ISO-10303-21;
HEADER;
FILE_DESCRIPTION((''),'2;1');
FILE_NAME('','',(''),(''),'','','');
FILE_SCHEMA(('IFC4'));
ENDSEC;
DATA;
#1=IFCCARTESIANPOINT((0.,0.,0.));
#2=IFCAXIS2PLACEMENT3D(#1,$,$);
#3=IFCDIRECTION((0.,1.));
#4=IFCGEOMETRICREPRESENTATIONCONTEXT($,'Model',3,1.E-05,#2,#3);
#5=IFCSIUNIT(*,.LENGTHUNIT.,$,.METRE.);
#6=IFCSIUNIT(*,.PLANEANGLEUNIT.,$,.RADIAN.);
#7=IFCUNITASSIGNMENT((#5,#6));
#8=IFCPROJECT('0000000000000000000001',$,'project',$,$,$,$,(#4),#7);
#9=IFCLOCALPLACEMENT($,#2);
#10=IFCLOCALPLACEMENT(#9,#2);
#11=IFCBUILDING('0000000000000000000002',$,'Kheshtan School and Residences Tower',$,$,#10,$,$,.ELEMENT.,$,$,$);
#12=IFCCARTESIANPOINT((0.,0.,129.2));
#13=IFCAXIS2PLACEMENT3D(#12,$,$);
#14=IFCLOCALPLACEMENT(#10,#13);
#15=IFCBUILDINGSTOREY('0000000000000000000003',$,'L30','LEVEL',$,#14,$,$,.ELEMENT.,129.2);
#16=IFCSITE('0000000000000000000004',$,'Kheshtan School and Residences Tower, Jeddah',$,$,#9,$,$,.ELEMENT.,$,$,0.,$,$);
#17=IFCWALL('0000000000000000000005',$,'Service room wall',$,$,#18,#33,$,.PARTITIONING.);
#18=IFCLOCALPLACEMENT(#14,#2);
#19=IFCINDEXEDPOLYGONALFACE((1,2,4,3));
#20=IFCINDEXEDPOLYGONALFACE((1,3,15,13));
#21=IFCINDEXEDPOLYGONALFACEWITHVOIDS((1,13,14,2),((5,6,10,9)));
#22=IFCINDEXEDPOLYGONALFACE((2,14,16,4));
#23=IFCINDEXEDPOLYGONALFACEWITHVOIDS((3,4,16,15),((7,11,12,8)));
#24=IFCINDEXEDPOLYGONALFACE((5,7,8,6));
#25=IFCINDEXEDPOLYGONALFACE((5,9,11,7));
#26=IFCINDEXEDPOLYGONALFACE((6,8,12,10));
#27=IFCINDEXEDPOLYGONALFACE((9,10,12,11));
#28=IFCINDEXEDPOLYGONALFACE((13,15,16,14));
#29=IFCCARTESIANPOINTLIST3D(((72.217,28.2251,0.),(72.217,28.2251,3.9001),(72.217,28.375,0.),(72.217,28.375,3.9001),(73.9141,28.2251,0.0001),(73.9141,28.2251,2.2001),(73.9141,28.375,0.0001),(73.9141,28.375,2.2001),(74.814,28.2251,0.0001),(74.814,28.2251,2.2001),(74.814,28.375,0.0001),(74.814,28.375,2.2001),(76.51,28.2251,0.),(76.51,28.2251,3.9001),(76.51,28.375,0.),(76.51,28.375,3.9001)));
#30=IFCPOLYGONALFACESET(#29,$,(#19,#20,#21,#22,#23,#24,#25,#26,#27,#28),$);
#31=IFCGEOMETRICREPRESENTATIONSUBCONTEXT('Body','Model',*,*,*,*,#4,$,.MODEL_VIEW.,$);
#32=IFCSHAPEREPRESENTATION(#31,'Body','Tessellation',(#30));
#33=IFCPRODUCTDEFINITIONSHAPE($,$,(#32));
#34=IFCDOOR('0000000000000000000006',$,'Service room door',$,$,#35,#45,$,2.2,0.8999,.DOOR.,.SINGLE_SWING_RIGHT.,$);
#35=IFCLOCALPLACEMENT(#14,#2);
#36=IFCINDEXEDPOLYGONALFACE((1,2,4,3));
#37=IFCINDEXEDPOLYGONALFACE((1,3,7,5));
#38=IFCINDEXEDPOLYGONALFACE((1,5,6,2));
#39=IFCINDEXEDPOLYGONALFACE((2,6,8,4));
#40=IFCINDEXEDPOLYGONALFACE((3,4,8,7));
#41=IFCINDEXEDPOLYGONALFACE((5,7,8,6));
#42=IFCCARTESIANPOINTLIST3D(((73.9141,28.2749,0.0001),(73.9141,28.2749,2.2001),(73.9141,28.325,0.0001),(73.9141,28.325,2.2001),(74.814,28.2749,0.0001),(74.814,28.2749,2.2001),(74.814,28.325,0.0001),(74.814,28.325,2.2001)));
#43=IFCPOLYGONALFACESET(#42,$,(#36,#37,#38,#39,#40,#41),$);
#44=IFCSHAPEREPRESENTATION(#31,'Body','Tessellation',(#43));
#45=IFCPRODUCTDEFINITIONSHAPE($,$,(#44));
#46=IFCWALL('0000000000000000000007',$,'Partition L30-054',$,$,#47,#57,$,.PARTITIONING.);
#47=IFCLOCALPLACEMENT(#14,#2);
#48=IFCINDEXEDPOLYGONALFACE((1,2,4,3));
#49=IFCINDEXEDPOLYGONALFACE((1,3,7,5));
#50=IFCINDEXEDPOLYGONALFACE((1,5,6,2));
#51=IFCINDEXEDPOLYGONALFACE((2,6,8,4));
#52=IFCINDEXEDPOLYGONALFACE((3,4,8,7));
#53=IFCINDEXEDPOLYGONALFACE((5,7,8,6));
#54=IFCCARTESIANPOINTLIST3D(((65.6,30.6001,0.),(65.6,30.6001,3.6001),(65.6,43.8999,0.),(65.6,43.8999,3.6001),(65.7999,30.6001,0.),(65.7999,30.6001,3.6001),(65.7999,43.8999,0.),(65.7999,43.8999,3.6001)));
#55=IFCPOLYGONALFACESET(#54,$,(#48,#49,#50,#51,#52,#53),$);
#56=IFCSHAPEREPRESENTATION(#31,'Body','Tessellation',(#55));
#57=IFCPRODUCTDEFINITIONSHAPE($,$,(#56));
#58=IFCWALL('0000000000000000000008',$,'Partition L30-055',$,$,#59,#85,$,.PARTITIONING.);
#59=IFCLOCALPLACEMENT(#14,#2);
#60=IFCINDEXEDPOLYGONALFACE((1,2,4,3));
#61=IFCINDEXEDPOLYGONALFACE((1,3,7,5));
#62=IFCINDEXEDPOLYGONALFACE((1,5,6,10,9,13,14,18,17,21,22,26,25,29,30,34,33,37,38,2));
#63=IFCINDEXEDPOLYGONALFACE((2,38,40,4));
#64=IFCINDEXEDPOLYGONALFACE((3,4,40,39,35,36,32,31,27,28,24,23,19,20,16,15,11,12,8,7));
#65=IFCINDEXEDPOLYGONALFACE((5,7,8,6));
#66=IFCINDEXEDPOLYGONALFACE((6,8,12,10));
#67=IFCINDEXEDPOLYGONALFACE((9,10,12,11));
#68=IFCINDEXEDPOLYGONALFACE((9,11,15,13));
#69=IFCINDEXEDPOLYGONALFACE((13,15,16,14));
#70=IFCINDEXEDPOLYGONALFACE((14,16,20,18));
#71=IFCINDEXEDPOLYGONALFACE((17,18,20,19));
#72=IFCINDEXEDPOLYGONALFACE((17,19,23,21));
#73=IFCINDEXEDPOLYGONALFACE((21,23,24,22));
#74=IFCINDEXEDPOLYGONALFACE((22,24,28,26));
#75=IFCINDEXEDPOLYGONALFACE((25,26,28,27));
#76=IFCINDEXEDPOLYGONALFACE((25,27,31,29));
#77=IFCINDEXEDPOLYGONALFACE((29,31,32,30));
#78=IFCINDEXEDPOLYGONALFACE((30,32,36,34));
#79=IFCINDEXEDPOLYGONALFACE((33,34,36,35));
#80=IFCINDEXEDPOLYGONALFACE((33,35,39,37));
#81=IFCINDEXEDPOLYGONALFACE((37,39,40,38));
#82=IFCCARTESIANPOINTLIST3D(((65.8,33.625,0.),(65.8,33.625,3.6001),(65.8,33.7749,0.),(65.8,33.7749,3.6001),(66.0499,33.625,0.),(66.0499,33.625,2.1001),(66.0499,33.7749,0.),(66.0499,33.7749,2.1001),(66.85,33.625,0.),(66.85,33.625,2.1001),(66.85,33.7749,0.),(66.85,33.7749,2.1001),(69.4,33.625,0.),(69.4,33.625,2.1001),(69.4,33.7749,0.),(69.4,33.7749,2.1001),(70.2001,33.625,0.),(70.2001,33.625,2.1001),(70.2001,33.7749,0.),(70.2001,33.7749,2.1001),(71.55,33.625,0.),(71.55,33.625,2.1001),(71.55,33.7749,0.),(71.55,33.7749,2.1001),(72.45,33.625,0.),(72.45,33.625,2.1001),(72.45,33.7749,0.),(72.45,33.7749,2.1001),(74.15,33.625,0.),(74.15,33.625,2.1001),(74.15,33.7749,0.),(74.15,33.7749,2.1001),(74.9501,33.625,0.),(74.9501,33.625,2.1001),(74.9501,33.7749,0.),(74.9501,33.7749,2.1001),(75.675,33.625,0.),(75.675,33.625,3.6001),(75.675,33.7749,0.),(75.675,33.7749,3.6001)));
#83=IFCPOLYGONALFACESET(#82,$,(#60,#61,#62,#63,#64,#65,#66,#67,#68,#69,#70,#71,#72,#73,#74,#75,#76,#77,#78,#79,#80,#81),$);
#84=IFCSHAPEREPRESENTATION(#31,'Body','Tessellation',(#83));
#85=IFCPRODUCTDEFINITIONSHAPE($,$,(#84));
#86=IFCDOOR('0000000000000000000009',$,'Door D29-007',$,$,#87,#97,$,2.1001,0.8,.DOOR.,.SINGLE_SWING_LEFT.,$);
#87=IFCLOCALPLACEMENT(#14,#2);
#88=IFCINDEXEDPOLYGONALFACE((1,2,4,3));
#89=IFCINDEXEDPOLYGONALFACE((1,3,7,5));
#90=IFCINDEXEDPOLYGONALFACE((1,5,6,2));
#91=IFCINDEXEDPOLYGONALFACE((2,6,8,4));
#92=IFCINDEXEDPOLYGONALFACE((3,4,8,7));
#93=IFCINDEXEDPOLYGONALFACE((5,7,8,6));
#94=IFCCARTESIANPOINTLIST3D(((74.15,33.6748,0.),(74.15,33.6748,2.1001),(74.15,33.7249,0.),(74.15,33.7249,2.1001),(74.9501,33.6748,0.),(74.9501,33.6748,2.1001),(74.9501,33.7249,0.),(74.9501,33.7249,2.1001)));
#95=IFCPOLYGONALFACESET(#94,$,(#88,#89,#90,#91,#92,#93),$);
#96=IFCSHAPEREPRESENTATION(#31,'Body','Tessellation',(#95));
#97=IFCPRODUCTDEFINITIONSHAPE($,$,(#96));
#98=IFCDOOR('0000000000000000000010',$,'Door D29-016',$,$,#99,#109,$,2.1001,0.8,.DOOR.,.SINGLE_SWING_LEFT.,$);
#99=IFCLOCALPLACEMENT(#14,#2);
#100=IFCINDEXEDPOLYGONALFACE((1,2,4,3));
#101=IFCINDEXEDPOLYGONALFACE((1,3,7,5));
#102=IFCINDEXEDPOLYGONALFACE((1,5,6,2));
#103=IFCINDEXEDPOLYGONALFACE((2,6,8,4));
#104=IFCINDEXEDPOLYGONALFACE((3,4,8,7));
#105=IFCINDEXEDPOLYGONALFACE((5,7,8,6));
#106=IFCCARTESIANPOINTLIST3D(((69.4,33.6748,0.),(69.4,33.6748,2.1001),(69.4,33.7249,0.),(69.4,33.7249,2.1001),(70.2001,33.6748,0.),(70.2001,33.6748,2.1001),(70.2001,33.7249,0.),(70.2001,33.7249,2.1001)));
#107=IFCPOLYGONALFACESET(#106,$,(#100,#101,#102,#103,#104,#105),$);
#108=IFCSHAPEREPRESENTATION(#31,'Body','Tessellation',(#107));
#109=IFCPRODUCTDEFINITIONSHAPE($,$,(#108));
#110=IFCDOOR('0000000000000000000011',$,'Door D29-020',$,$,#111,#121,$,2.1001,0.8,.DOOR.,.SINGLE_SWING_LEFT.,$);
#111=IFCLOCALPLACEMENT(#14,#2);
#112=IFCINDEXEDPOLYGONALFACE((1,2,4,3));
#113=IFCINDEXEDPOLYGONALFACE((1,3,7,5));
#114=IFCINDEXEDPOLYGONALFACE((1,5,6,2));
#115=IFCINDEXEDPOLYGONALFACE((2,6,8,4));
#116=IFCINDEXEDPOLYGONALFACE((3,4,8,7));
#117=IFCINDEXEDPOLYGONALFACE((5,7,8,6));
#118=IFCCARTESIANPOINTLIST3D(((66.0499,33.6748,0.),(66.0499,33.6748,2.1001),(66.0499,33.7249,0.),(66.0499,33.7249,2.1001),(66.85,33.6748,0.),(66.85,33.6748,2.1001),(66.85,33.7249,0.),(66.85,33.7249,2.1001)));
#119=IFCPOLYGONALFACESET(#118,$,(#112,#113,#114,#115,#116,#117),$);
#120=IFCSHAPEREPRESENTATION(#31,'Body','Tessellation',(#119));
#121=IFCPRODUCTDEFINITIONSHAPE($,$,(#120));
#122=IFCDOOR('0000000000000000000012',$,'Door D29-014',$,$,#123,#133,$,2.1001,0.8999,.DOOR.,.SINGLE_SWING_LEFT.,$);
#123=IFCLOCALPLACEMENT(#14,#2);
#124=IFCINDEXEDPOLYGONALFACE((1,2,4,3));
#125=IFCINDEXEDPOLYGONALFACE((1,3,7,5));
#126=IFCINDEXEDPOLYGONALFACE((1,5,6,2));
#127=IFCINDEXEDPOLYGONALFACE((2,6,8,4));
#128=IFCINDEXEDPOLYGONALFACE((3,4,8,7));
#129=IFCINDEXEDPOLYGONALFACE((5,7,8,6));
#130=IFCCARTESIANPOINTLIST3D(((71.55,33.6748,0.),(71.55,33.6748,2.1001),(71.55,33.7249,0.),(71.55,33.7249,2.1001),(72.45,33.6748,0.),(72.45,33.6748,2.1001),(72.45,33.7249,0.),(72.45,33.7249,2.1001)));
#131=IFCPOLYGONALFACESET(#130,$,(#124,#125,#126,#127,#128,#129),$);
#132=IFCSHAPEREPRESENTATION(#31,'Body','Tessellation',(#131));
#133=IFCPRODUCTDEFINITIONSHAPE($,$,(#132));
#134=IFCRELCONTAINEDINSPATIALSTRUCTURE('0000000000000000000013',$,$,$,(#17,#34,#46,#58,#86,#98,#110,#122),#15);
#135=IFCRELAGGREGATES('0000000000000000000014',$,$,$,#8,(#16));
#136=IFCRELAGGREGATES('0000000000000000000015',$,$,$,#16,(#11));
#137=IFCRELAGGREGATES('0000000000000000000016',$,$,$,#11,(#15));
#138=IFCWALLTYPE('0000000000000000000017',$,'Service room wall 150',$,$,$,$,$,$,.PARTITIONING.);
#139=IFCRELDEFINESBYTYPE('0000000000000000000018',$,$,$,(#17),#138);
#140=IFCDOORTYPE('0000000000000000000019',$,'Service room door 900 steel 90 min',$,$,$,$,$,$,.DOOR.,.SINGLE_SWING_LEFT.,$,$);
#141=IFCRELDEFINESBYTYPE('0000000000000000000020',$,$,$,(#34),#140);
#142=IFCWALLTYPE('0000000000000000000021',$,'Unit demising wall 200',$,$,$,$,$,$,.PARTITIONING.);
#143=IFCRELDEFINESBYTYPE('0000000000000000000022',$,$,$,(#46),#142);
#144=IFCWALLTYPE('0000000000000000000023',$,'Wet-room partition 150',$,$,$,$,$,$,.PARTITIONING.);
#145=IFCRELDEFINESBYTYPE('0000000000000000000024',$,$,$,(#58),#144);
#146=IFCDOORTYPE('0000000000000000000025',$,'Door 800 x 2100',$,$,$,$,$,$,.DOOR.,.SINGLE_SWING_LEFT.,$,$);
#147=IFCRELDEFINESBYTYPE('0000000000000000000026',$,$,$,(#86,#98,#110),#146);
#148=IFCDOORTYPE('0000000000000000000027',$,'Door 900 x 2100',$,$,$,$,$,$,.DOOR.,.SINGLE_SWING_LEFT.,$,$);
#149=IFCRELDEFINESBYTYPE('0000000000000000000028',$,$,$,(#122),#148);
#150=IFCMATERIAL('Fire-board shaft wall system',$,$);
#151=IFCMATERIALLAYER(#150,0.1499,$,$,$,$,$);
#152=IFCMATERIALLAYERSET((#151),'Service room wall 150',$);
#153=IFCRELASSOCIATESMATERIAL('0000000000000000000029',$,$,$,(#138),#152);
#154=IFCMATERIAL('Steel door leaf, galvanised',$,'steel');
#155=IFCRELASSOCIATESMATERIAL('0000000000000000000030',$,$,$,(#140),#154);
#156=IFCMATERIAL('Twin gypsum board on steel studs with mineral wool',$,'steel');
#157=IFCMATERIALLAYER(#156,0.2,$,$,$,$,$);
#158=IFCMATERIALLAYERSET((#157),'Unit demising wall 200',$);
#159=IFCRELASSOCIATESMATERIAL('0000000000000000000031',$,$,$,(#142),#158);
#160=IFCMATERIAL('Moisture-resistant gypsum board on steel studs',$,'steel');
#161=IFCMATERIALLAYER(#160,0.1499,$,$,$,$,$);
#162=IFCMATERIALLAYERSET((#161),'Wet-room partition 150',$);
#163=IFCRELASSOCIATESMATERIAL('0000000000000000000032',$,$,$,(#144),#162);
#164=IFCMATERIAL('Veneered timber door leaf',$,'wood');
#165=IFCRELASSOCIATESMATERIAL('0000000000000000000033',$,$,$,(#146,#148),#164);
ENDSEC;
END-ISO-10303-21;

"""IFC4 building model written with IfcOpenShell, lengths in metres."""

from ifc_helpers import new_model, si_unit, direction, frame, frame_2d, origin, place, context, subcontext, project, spatial, rectangle, extrude, source, transform, mapped, material, layer, layer_set, type_object, element, fill, save


model = new_model("IFC4")

# Units and contexts
model_context = context("Model", 3, precision=1e-05, world=origin(), true_north=direction((0.0, 1.0)))
body_context = subcontext(model_context, "Body", "Model", "MODEL_VIEW")
ifc_project = project(units=[si_unit("LENGTHUNIT", "METRE"), si_unit("PLANEANGLEUNIT", "RADIAN")], contexts=[model_context])

# Site, building, storey
site_placement = place(None, origin())
site = spatial("IfcSite", under=ifc_project, at=site_placement, Name="Kheshtan School and Residences Tower, Jeddah", CompositionType="ELEMENT", RefElevation=0.0)
building_placement = place(site_placement, origin())
building = spatial("IfcBuilding", under=site, at=building_placement, Name="Kheshtan School and Residences Tower", CompositionType="ELEMENT")
storey_placement = place(building_placement, frame((0.0, 0.0, 129.2)))
storey = spatial("IfcBuildingStorey", under=building, at=storey_placement, Name="L30", Description="LEVEL", CompositionType="ELEMENT", Elevation=129.2)

# Wall, opening, door
ifc_material_1 = material(Name="Fire-board shaft wall system")
ifc_layer_1 = layer(ifc_material_1, 0.1499)
ifc_layer_set_1 = layer_set([ifc_layer_1], Name="Service room wall 150")
wall_type_1 = type_object("IfcWallType", Name="Service room wall 150", PredefinedType="PARTITIONING", material=ifc_layer_set_1)
wall_1_placement = place(storey_placement, frame((72.217, 28.3, 0.0), z_axis=(0.0, 0.0, 1.0), x_axis=(1.0, 0.0, 0.0)))
wall_1 = element("IfcWall", 1, at=wall_1_placement, inside=storey, type_object=wall_type_1, Name="Service room wall", PredefinedType="PARTITIONING", context=body_context, shape_type="SweptSolid", body=[
    extrude(rectangle(XDim=4.293, YDim=0.1499, at=frame_2d((2.1465, 0.0))), origin(), (0.0, 0.0, 1.0), 3.9001),
])
opening_1_placement = place(wall_1_placement, frame((1.697, 0.0, 0.0)))
opening_1 = element("IfcOpeningElement", 2, at=opening_1_placement, cuts=wall_1, PredefinedType="OPENING", context=body_context, shape_type="SweptSolid", body=[
    extrude(rectangle(XDim=0.8999, YDim=2.2, at=frame_2d((0.45, 1.1001))), frame((0.0, 0.085, 0.0), z_axis=(0.0, -1.0, 0.0), x_axis=(1.0, 0.0, 0.0)), (0.0, 0.0, 1.0), 0.1699),
])
ifc_material_2 = material(Name="Steel door leaf, galvanised", Category="steel")
door_type_1 = type_object("IfcDoorType", Name="Service room door 900 steel 90 min", OperationType="SINGLE_SWING_LEFT", PredefinedType="DOOR", material=ifc_material_2)
shared_shape_1 = source(origin(), body_context, "Body", "SweptSolid", [
    extrude(rectangle(XDim=0.8999, YDim=2.2, at=frame_2d((0.45, 1.1001))), frame((0.0, 0.0249, 0.0), z_axis=(0.0, -1.0, 0.0), x_axis=(1.0, 0.0, 0.0)), (0.0, 0.0, 1.0), 0.05),
])
door_1_placement = place(opening_1_placement, origin())
door_1 = element("IfcDoor", 3, at=door_1_placement, inside=storey, type_object=door_type_1, Name="Service room door", OperationType="SINGLE_SWING_RIGHT", OverallHeight=2.2, OverallWidth=0.8999, PredefinedType="DOOR", context=body_context, shape_type="MappedRepresentation", body=[
    mapped(shared_shape_1, transform((0.0, 0.0, 0.0), x_axis=(1.0, 0.0, 0.0), y_axis=(0.0, 1.0, 0.0), z_axis=(0.0, 0.0, 1.0), scale=1.0)),
])
fill(opening_1, door_1)

# Wall
ifc_material_3 = material(Name="Twin gypsum board on steel studs with mineral wool", Category="steel")
ifc_layer_2 = layer(ifc_material_3, 0.2)
ifc_layer_set_2 = layer_set([ifc_layer_2], Name="Unit demising wall 200")
wall_type_2 = type_object("IfcWallType", Name="Unit demising wall 200", PredefinedType="PARTITIONING", material=ifc_layer_set_2)
wall_2_placement = place(storey_placement, frame((65.7, 30.6001, 0.0), z_axis=(0.0, 0.0, 1.0), x_axis=(0.0, 1.0, 0.0)))
element("IfcWall", 4, at=wall_2_placement, inside=storey, type_object=wall_type_2, Name="Partition L30-054", PredefinedType="PARTITIONING", context=body_context, shape_type="SweptSolid", body=[
    extrude(rectangle(XDim=13.2998, YDim=0.2, at=frame_2d((6.6499, 0.0))), origin(), (0.0, 0.0, 1.0), 3.6001),
])

# Wall, openings, doors
ifc_material_4 = material(Name="Moisture-resistant gypsum board on steel studs", Category="steel")
ifc_layer_3 = layer(ifc_material_4, 0.1499)
ifc_layer_set_3 = layer_set([ifc_layer_3], Name="Wet-room partition 150")
wall_type_3 = type_object("IfcWallType", Name="Wet-room partition 150", PredefinedType="PARTITIONING", material=ifc_layer_set_3)
wall_3_placement = place(storey_placement, frame((65.8, 33.7, 0.0), z_axis=(0.0, 0.0, 1.0), x_axis=(1.0, 0.0, 0.0)))
wall_3 = element("IfcWall", 5, at=wall_3_placement, inside=storey, type_object=wall_type_3, Name="Partition L30-055", PredefinedType="PARTITIONING", context=body_context, shape_type="SweptSolid", body=[
    extrude(rectangle(XDim=9.875, YDim=0.1499, at=frame_2d((4.9375, 0.0))), origin(), (0.0, 0.0, 1.0), 3.6001),
])
opening_2_placement = place(wall_3_placement, frame((8.3501, 0.0, 0.0)))
opening_2 = element("IfcOpeningElement", 6, at=opening_2_placement, cuts=wall_3, PredefinedType="OPENING", context=body_context, shape_type="SweptSolid", body=[
    extrude(rectangle(XDim=0.8, YDim=2.1001, at=frame_2d((0.3999, 1.05))), frame((0.0, 0.085, 0.0), z_axis=(0.0, -1.0, 0.0), x_axis=(1.0, 0.0, 0.0)), (0.0, 0.0, 1.0), 0.1699),
])
opening_3_placement = place(wall_3_placement, frame((5.75, 0.0, 0.0)))
opening_3 = element("IfcOpeningElement", 7, at=opening_3_placement, cuts=wall_3, PredefinedType="OPENING", context=body_context, shape_type="SweptSolid", body=[
    extrude(rectangle(XDim=0.8999, YDim=2.1001, at=frame_2d((0.45, 1.05))), frame((0.0, 0.085, 0.0), z_axis=(0.0, -1.0, 0.0), x_axis=(1.0, 0.0, 0.0)), (0.0, 0.0, 1.0), 0.1699),
])
opening_4_placement = place(wall_3_placement, frame((3.6001, 0.0, 0.0)))
opening_4 = element("IfcOpeningElement", 8, at=opening_4_placement, cuts=wall_3, PredefinedType="OPENING", context=body_context, shape_type="SweptSolid", body=[
    extrude(rectangle(XDim=0.8, YDim=2.1001, at=frame_2d((0.3999, 1.05))), frame((0.0, 0.085, 0.0), z_axis=(0.0, -1.0, 0.0), x_axis=(1.0, 0.0, 0.0)), (0.0, 0.0, 1.0), 0.1699),
])
opening_5_placement = place(wall_3_placement, frame((0.25, 0.0, 0.0)))
opening_5 = element("IfcOpeningElement", 9, at=opening_5_placement, cuts=wall_3, PredefinedType="OPENING", context=body_context, shape_type="SweptSolid", body=[
    extrude(rectangle(XDim=0.8, YDim=2.1001, at=frame_2d((0.3999, 1.05))), frame((0.0, 0.085, 0.0), z_axis=(0.0, -1.0, 0.0), x_axis=(1.0, 0.0, 0.0)), (0.0, 0.0, 1.0), 0.1699),
])
ifc_material_5 = material(Name="Veneered timber door leaf", Category="wood")
door_type_2 = type_object("IfcDoorType", Name="Door 800 x 2100", OperationType="SINGLE_SWING_LEFT", PredefinedType="DOOR", material=ifc_material_5)
shared_shape_2 = source(origin(), body_context, "Body", "SweptSolid", [
    extrude(rectangle(XDim=0.8, YDim=2.1001, at=frame_2d((0.3999, 1.05))), frame((0.0, 0.0249, 0.0), z_axis=(0.0, -1.0, 0.0), x_axis=(1.0, 0.0, 0.0)), (0.0, 0.0, 1.0), 0.05),
])
door_2_placement = place(opening_2_placement, origin())
door_2 = element("IfcDoor", 10, at=door_2_placement, inside=storey, type_object=door_type_2, Name="Door D29-007", OperationType="SINGLE_SWING_LEFT", OverallHeight=2.1001, OverallWidth=0.8, PredefinedType="DOOR", context=body_context, shape_type="MappedRepresentation", body=[
    mapped(shared_shape_2, transform((0.0, 0.0, 0.0), x_axis=(1.0, 0.0, 0.0), y_axis=(0.0, 1.0, 0.0), z_axis=(0.0, 0.0, 1.0), scale=1.0)),
])
fill(opening_2, door_2)
door_3_placement = place(opening_4_placement, origin())
door_3 = element("IfcDoor", 11, at=door_3_placement, inside=storey, type_object=door_type_2, Name="Door D29-016", OperationType="SINGLE_SWING_LEFT", OverallHeight=2.1001, OverallWidth=0.8, PredefinedType="DOOR", context=body_context, shape_type="MappedRepresentation", body=[
    mapped(shared_shape_2, transform((0.0, 0.0, 0.0), x_axis=(1.0, 0.0, 0.0), y_axis=(0.0, 1.0, 0.0), z_axis=(0.0, 0.0, 1.0), scale=1.0)),
])
fill(opening_4, door_3)
door_4_placement = place(opening_5_placement, origin())
door_4 = element("IfcDoor", 12, at=door_4_placement, inside=storey, type_object=door_type_2, Name="Door D29-020", OperationType="SINGLE_SWING_LEFT", OverallHeight=2.1001, OverallWidth=0.8, PredefinedType="DOOR", context=body_context, shape_type="MappedRepresentation", body=[
    mapped(shared_shape_2, transform((0.0, 0.0, 0.0), x_axis=(1.0, 0.0, 0.0), y_axis=(0.0, 1.0, 0.0), z_axis=(0.0, 0.0, 1.0), scale=1.0)),
])
fill(opening_5, door_4)
door_type_3 = type_object("IfcDoorType", Name="Door 900 x 2100", OperationType="SINGLE_SWING_LEFT", PredefinedType="DOOR", material=ifc_material_5)
shared_shape_3 = source(origin(), body_context, "Body", "SweptSolid", [
    extrude(rectangle(XDim=0.8999, YDim=2.1001, at=frame_2d((0.45, 1.05))), frame((0.0, 0.0249, 0.0), z_axis=(0.0, -1.0, 0.0), x_axis=(1.0, 0.0, 0.0)), (0.0, 0.0, 1.0), 0.05),
])
door_5_placement = place(opening_3_placement, origin())
door_5 = element("IfcDoor", 13, at=door_5_placement, inside=storey, type_object=door_type_3, Name="Door D29-014", OperationType="SINGLE_SWING_LEFT", OverallHeight=2.1001, OverallWidth=0.8999, PredefinedType="DOOR", context=body_context, shape_type="MappedRepresentation", body=[
    mapped(shared_shape_3, transform((0.0, 0.0, 0.0), x_axis=(1.0, 0.0, 0.0), y_axis=(0.0, 1.0, 0.0), z_axis=(0.0, 0.0, 1.0), scale=1.0)),
])
fill(opening_3, door_5)

save(model, "model.ifc")
